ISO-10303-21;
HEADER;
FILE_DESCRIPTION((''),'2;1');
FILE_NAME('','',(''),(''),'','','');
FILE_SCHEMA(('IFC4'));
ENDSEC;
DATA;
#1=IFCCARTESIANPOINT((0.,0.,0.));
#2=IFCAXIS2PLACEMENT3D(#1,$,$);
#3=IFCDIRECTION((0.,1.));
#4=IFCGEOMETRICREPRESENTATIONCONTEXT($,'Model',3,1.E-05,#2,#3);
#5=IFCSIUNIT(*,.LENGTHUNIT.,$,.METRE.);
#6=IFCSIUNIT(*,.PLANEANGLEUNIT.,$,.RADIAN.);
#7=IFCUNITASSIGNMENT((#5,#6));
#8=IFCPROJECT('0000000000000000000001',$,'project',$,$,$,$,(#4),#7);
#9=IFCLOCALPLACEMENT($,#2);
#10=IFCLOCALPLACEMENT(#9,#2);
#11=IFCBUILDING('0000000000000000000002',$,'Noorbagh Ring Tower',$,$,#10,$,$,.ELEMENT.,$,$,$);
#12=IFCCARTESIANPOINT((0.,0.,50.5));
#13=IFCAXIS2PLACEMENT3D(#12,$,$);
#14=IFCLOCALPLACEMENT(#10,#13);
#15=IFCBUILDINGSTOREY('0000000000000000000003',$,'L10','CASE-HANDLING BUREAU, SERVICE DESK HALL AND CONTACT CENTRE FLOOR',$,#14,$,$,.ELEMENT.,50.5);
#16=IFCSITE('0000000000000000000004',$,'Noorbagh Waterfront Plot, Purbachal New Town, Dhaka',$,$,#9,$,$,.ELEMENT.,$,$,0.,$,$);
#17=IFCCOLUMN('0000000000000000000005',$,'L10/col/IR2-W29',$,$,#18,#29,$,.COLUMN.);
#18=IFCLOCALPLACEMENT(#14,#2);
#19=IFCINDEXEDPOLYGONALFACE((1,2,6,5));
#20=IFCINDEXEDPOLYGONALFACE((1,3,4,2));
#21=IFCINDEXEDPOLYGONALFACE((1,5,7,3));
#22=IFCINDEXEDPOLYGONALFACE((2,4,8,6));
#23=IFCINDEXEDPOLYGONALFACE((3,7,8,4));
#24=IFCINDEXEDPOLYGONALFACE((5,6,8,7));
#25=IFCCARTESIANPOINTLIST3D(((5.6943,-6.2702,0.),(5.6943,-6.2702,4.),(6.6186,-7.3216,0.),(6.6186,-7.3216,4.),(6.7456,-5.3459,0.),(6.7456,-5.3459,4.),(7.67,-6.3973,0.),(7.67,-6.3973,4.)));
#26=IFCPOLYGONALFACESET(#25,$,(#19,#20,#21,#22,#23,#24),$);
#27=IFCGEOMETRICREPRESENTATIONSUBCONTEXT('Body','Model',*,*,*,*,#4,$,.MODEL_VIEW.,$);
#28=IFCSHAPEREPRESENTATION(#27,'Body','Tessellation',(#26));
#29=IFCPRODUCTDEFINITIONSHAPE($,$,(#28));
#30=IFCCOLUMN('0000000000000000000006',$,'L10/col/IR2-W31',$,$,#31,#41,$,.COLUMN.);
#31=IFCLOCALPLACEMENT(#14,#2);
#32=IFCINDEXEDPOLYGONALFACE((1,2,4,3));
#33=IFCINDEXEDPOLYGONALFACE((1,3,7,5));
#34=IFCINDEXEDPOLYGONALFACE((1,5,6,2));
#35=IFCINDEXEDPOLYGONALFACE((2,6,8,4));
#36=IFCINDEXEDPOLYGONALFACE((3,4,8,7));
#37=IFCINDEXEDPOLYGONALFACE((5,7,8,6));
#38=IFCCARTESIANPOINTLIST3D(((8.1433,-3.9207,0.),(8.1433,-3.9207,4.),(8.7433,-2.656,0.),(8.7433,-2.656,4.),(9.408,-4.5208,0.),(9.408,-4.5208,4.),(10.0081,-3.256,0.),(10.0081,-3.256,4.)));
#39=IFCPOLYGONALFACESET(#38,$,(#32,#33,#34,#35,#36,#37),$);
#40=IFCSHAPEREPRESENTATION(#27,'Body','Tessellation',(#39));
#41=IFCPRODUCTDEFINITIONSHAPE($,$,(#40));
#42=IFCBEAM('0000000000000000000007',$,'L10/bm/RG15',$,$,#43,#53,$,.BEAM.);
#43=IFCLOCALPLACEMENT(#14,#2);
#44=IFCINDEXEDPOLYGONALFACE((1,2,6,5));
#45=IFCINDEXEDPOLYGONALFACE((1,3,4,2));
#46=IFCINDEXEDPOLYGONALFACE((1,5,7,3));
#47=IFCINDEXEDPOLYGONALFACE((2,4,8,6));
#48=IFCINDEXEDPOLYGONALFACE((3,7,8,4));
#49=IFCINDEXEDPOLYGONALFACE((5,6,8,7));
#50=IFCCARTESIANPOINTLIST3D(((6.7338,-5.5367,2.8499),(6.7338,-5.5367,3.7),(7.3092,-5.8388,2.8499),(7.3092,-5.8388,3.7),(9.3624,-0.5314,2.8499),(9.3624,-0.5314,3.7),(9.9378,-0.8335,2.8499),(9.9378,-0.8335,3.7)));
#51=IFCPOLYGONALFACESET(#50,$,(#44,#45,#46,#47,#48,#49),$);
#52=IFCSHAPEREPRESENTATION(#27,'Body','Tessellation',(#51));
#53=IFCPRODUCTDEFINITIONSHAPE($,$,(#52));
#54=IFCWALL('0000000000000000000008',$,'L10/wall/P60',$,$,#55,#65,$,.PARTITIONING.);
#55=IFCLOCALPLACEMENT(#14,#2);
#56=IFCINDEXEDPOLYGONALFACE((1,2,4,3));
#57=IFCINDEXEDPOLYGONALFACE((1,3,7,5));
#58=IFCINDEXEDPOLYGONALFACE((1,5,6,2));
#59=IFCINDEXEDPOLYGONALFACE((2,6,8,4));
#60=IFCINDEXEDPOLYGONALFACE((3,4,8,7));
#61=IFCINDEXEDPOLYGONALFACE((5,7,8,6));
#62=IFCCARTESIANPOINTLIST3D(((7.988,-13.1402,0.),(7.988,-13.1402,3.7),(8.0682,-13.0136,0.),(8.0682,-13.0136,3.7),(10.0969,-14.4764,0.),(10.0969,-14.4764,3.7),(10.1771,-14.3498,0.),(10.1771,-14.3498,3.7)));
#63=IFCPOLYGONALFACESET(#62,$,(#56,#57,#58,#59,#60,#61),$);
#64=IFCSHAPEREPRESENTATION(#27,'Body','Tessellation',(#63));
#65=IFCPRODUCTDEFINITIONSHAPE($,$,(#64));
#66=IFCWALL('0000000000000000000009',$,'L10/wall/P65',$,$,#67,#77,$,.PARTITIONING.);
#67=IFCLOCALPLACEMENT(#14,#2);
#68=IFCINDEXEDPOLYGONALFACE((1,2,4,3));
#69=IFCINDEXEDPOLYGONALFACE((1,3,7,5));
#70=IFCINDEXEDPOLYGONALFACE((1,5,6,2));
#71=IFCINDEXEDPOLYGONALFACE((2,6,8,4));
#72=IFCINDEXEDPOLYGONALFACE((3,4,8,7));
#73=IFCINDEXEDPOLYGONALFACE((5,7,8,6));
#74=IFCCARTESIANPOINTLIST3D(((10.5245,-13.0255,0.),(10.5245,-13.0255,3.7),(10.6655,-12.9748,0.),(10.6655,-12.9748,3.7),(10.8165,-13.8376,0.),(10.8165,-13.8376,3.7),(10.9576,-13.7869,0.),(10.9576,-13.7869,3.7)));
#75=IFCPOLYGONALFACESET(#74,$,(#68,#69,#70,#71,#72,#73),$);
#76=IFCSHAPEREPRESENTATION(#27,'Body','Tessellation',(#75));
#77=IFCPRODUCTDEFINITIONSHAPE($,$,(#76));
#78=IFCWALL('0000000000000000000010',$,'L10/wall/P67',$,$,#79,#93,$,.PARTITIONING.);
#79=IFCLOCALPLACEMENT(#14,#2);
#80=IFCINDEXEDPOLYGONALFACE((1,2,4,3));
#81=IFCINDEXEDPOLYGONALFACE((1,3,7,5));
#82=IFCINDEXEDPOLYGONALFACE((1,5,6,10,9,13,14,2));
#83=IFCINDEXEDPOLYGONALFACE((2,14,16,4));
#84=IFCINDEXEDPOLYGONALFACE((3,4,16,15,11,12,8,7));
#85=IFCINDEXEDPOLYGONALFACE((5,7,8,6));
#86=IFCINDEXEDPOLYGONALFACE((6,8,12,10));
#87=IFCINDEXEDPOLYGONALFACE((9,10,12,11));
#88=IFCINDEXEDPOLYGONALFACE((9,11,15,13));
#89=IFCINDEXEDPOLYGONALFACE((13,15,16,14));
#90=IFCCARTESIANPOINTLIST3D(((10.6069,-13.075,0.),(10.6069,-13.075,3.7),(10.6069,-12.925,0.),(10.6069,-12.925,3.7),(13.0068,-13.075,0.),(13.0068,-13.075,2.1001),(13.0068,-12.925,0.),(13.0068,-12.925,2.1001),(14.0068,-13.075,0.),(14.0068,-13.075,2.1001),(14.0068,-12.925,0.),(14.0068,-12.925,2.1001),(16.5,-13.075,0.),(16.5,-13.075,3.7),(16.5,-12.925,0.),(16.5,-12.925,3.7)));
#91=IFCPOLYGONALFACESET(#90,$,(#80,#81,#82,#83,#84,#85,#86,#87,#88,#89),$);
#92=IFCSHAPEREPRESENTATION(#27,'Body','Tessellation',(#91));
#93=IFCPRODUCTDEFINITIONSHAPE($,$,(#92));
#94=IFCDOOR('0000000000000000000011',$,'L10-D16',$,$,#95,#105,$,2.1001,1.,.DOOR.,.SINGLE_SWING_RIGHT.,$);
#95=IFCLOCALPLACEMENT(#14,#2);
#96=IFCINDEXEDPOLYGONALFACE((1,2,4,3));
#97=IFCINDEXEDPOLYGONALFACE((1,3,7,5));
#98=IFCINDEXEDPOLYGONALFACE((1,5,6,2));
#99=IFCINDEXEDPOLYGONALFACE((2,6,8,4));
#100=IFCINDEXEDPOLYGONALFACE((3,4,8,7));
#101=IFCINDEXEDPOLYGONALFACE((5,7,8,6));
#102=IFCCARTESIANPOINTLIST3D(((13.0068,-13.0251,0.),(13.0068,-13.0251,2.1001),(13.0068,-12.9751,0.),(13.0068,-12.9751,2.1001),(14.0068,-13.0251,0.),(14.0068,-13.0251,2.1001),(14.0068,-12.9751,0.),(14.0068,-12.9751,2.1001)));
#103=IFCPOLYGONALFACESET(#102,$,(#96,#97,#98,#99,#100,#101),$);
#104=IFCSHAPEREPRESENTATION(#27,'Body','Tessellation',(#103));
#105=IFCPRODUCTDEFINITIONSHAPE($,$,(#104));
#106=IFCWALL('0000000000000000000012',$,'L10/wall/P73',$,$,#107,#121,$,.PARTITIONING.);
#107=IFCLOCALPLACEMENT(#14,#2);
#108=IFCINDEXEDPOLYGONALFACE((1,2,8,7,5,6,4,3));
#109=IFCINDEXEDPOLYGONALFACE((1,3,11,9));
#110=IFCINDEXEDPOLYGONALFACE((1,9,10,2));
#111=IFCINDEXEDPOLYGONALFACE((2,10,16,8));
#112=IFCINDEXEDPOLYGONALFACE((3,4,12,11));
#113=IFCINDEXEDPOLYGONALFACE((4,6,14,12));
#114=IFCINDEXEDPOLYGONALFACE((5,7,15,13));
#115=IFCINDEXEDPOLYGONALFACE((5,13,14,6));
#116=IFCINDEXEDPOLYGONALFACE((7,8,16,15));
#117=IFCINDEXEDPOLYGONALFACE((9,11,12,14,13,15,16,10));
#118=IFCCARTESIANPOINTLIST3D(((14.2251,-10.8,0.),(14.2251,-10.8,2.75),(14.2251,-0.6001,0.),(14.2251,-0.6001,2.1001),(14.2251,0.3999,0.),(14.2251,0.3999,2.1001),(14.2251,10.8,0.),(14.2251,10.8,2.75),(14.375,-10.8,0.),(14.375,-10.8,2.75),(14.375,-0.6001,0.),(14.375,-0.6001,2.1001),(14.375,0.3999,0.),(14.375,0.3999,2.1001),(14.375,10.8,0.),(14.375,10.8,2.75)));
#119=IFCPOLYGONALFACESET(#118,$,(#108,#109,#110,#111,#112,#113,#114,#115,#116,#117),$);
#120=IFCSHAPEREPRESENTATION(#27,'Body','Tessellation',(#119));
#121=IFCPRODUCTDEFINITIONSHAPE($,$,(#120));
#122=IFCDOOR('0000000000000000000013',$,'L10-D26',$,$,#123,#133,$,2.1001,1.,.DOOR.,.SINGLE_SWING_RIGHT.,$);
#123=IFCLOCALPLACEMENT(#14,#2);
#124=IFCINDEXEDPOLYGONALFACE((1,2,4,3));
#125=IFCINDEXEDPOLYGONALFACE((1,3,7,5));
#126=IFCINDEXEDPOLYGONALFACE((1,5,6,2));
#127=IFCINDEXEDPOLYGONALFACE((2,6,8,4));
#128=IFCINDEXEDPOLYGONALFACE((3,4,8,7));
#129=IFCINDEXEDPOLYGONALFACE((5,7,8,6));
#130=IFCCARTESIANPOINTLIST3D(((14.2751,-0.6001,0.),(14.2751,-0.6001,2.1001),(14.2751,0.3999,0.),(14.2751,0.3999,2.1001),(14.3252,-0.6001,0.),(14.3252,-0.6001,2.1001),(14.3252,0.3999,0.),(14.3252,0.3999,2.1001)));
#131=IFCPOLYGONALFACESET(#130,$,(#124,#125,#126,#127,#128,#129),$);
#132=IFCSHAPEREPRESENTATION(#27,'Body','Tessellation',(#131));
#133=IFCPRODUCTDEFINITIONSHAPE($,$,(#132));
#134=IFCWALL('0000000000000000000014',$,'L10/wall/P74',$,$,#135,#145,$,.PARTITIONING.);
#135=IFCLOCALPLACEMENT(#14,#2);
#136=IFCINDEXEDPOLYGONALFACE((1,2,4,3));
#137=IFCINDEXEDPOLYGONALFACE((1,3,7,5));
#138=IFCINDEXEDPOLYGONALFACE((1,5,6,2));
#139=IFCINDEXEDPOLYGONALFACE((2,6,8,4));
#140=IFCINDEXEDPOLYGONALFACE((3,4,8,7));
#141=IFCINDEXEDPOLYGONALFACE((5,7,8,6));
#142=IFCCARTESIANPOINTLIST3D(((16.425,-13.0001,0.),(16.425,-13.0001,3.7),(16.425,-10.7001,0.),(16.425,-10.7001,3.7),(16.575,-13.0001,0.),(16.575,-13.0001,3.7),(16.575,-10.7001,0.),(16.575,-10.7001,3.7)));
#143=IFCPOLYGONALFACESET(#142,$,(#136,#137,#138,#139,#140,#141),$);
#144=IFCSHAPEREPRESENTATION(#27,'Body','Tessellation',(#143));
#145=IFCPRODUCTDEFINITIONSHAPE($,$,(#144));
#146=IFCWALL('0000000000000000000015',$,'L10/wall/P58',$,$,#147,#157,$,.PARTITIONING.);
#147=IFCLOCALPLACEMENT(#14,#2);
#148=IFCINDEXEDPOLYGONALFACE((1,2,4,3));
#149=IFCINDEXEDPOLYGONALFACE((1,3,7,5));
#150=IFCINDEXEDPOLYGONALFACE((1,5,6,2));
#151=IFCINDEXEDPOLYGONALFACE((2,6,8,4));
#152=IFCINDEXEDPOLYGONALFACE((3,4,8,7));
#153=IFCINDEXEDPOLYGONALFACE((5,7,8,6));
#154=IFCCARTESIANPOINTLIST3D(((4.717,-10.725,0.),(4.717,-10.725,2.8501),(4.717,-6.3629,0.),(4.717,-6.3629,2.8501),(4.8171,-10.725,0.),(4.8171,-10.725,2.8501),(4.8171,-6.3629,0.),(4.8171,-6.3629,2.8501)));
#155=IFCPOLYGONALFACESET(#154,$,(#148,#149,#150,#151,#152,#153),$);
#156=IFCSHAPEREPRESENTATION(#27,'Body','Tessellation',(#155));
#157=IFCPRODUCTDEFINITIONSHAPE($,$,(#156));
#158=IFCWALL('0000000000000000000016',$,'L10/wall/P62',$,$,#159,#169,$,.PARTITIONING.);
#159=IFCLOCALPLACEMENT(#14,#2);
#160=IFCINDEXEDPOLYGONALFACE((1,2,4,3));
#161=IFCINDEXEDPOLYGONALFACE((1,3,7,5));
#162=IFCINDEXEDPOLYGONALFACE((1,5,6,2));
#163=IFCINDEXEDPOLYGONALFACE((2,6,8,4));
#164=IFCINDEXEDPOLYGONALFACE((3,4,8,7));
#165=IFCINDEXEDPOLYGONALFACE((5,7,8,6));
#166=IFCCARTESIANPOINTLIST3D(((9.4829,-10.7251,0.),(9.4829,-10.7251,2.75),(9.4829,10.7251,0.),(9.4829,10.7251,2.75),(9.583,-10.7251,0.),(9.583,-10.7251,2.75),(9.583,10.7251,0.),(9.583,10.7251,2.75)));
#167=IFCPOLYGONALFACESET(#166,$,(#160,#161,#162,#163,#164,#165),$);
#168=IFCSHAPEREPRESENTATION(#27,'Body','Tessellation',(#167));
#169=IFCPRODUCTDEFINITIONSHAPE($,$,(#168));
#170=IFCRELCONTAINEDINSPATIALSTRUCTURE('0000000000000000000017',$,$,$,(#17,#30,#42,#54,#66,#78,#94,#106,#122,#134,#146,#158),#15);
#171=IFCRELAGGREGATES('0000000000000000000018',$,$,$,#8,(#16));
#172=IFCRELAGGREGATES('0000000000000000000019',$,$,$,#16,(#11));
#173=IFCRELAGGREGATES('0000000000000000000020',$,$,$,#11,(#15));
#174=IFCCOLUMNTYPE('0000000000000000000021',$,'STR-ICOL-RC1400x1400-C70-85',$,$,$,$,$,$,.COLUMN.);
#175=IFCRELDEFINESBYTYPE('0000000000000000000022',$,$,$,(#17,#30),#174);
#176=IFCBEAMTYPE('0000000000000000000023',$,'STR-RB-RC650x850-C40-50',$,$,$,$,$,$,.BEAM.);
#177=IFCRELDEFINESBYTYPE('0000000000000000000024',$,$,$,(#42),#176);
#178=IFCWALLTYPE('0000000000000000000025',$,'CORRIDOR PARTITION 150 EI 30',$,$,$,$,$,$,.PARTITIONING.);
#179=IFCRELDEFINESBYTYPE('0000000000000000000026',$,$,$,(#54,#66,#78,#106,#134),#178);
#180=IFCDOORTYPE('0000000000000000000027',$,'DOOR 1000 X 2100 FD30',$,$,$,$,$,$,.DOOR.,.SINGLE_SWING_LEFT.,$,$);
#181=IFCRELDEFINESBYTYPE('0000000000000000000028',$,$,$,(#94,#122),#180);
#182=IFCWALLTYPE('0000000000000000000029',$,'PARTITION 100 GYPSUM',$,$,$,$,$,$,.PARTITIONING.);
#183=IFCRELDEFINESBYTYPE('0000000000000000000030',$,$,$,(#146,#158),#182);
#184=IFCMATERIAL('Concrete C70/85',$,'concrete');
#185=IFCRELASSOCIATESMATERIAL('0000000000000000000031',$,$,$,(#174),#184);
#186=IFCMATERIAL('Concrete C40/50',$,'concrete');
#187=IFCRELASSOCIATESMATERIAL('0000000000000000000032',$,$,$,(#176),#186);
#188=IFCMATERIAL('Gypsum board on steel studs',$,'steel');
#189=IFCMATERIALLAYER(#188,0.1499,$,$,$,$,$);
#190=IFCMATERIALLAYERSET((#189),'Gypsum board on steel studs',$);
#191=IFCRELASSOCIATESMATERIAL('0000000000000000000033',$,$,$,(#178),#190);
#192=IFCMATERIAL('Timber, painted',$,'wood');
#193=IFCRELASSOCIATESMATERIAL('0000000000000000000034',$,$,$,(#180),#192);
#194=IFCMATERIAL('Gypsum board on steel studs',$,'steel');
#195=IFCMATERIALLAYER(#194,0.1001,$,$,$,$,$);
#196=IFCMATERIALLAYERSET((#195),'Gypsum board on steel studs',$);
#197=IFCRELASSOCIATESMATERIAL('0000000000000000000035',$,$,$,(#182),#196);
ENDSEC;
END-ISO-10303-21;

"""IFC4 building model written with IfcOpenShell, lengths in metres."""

from ifc_helpers import new_model, si_unit, direction, frame, frame_2d, origin, origin_2d, place, context, subcontext, project, spatial, rectangle, extrude, material, layer, layer_set, material_profile, profile_set, type_object, element, fill, save


model = new_model("IFC4")

# Units and contexts
model_context = context("Model", 3, precision=1e-05, world=origin(), true_north=direction((0.0, 1.0)))
body_context = subcontext(model_context, "Body", "Model", "MODEL_VIEW")
ifc_project = project(units=[si_unit("LENGTHUNIT", "METRE"), si_unit("PLANEANGLEUNIT", "RADIAN")], contexts=[model_context])

# Site, building, storey
site_placement = place(None, origin())
site = spatial("IfcSite", under=ifc_project, at=site_placement, Name="Noorbagh Waterfront Plot, Purbachal New Town, Dhaka", CompositionType="ELEMENT", RefElevation=0.0)
building_placement = place(site_placement, origin())
building = spatial("IfcBuilding", under=site, at=building_placement, Name="Noorbagh Ring Tower", CompositionType="ELEMENT")
storey_placement = place(building_placement, frame((0.0, 0.0, 50.5)))
storey = spatial("IfcBuildingStorey", under=building, at=storey_placement, Name="L10", Description="CASE-HANDLING BUREAU, SERVICE DESK HALL AND CONTACT CENTRE FLOOR", CompositionType="ELEMENT", Elevation=50.5)

# Columns
ifc_material_1 = material(Name="Concrete C70/85", Category="concrete")
ifc_material_profile_1 = material_profile(ifc_material_1, rectangle(XDim=1.3999, YDim=1.3999, at=origin_2d()), Name="RC1400x1400")
ifc_profile_set_1 = profile_set([ifc_material_profile_1], Name="Concrete C70/85")
column_type = type_object("IfcColumnType", Name="STR-ICOL-RC1400x1400-C70-85", PredefinedType="COLUMN", material=ifc_profile_set_1)
for number, where, z_axis, x_axis, name in (
    (1, (6.6821, -6.3337, 0.0), (0.0, 0.0, 1.0), (0.751022, 0.660277, 0.0), "L10/col/IR2-W29"),
    (2, (9.0757, -3.5884, 0.0), (0.0, 0.0, 1.0), (0.428667, 0.903463, 0.0), "L10/col/IR2-W31"),
):
    element("IfcColumn", number, at=place(storey_placement, frame(where, z_axis=z_axis, x_axis=x_axis)), inside=storey, type_object=column_type, Name=name, PredefinedType="COLUMN", context=body_context, shape_type="SweptSolid", body=[
        extrude(rectangle(XDim=1.3999, YDim=1.3999, at=origin_2d()), origin(), (0.0, 0.0, 1.0), 4.0),
    ])

# Beam
ifc_material_2 = material(Name="Concrete C40/50", Category="concrete")
ifc_material_profile_2 = material_profile(ifc_material_2, rectangle(XDim=0.6499, YDim=0.8501, at=origin_2d()), Name="RC650x850")
ifc_profile_set_2 = profile_set([ifc_material_profile_2], Name="Concrete C40/50")
beam_type = type_object("IfcBeamType", Name="STR-RB-RC650x850-C40-50", PredefinedType="BEAM", material=ifc_profile_set_2)
beam_placement = place(storey_placement, frame((7.0215, -5.6877, 3.2749), z_axis=(0.464951, 0.885337, 0.0), x_axis=(-0.885337, 0.464951, 0.0)))
element("IfcBeam", 3, at=beam_placement, inside=storey, type_object=beam_type, Name="L10/bm/RG15", PredefinedType="BEAM", context=body_context, shape_type="SweptSolid", body=[
    extrude(rectangle(XDim=0.6499, YDim=0.8501, at=origin_2d()), origin(), (0.0, 0.0, 1.0), 5.6536),
])

# Walls
ifc_material_3 = material(Name="Gypsum board on steel studs", Category="steel")
ifc_layer_1 = layer(ifc_material_3, 0.1499)
ifc_layer_set_1 = layer_set([ifc_layer_1], Name="Gypsum board on steel studs")
wall_type_1 = type_object("IfcWallType", Name="CORRIDOR PARTITION 150 EI 30", PredefinedType="PARTITIONING", material=ifc_layer_set_1)
wall_1_placement = place(storey_placement, frame((8.0281, -13.0769, 0.0), z_axis=(0.0, 0.0, 1.0), x_axis=(0.844719, -0.53521, 0.0)))
element("IfcWall", 4, at=wall_1_placement, inside=storey, type_object=wall_type_1, Name="L10/wall/P60", PredefinedType="PARTITIONING", context=body_context, shape_type="SweptSolid", body=[
    extrude(rectangle(XDim=2.4966, YDim=0.1499, at=frame_2d((1.2483, 0.0))), origin(), (0.0, 0.0, 1.0), 3.7),
])
wall_2_placement = place(storey_placement, frame((10.595, -13.0, 0.0), z_axis=(0.0, 0.0, 1.0), x_axis=(0.338379, -0.94101, 0.0)))
element("IfcWall", 5, at=wall_2_placement, inside=storey, type_object=wall_type_1, Name="L10/wall/P65", PredefinedType="PARTITIONING", context=body_context, shape_type="SweptSolid", body=[
    extrude(rectangle(XDim=0.863, YDim=0.1499, at=frame_2d((0.4316, 0.0))), origin(), (0.0, 0.0, 1.0), 3.7),
])

# Walls, openings, doors
wall_3_placement = place(storey_placement, frame((10.6069, -13.0, 0.0), z_axis=(0.0, 0.0, 1.0), x_axis=(1.0, 0.0, 0.0)))
wall_3 = element("IfcWall", 6, at=wall_3_placement, inside=storey, type_object=wall_type_1, Name="L10/wall/P67", PredefinedType="PARTITIONING", context=body_context, shape_type="SweptSolid", body=[
    extrude(rectangle(XDim=5.8931, YDim=0.1499, at=frame_2d((2.9465, 0.0))), origin(), (0.0, 0.0, 1.0), 3.7),
])
opening_1_placement = place(wall_3_placement, frame((2.3999, 0.0, 0.0)))
opening_1 = element("IfcOpeningElement", 7, at=opening_1_placement, cuts=wall_3, PredefinedType="OPENING", context=body_context, shape_type="SweptSolid", body=[
    extrude(rectangle(XDim=1.0, YDim=2.1001, at=frame_2d((0.5, 1.05))), frame((0.0, 0.085, 0.0), z_axis=(0.0, -1.0, 0.0), x_axis=(1.0, 0.0, 0.0)), (0.0, 0.0, 1.0), 0.1699),
])
ifc_material_4 = material(Name="Timber, painted", Category="wood")
door_type = type_object("IfcDoorType", Name="DOOR 1000 X 2100 FD30", OperationType="SINGLE_SWING_LEFT", PredefinedType="DOOR", material=ifc_material_4)
door_1_placement = place(opening_1_placement, origin())
door_1 = element("IfcDoor", 8, at=door_1_placement, inside=storey, type_object=door_type, Name="L10-D16", OperationType="SINGLE_SWING_RIGHT", OverallHeight=2.1001, OverallWidth=1.0, PredefinedType="DOOR", context=body_context, shape_type="SweptSolid", body=[
    extrude(rectangle(XDim=1.0, YDim=2.1001, at=frame_2d((0.5, 1.05))), frame((0.0, 0.0249, 0.0), z_axis=(0.0, -1.0, 0.0), x_axis=(1.0, 0.0, 0.0)), (0.0, 0.0, 1.0), 0.05),
])
fill(opening_1, door_1)
wall_4_placement = place(storey_placement, frame((14.3, -10.8, 0.0), z_axis=(0.0, 0.0, 1.0), x_axis=(0.0, 1.0, 0.0)))
wall_4 = element("IfcWall", 9, at=wall_4_placement, inside=storey, type_object=wall_type_1, Name="L10/wall/P73", PredefinedType="PARTITIONING", context=body_context, shape_type="SweptSolid", body=[
    extrude(rectangle(XDim=21.6001, YDim=0.1499, at=frame_2d((10.8, 0.0))), origin(), (0.0, 0.0, 1.0), 2.75),
])
opening_2_placement = place(wall_4_placement, frame((10.2, 0.0, 0.0)))
opening_2 = element("IfcOpeningElement", 10, at=opening_2_placement, cuts=wall_4, PredefinedType="OPENING", context=body_context, shape_type="SweptSolid", body=[
    extrude(rectangle(XDim=1.0, YDim=2.1001, at=frame_2d((0.5, 1.05))), frame((0.0, 0.085, 0.0), z_axis=(0.0, -1.0, 0.0), x_axis=(1.0, 0.0, 0.0)), (0.0, 0.0, 1.0), 0.1699),
])
door_2_placement = place(opening_2_placement, origin())
door_2 = element("IfcDoor", 11, at=door_2_placement, inside=storey, type_object=door_type, Name="L10-D26", OperationType="SINGLE_SWING_RIGHT", OverallHeight=2.1001, OverallWidth=1.0, PredefinedType="DOOR", context=body_context, shape_type="SweptSolid", body=[
    extrude(rectangle(XDim=1.0, YDim=2.1001, at=frame_2d((0.5, 1.05))), frame((0.0, 0.0249, 0.0), z_axis=(0.0, -1.0, 0.0), x_axis=(1.0, 0.0, 0.0)), (0.0, 0.0, 1.0), 0.05),
])
fill(opening_2, door_2)

# Walls
wall_5_placement = place(storey_placement, frame((16.5, -13.0, 0.0), z_axis=(0.0, 0.0, 1.0), x_axis=(0.0, 1.0, 0.0)))
element("IfcWall", 12, at=wall_5_placement, inside=storey, type_object=wall_type_1, Name="L10/wall/P74", PredefinedType="PARTITIONING", context=body_context, shape_type="SweptSolid", body=[
    extrude(rectangle(XDim=2.3, YDim=0.1499, at=frame_2d((1.1499, 0.0))), origin(), (0.0, 0.0, 1.0), 3.7),
])
ifc_material_5 = material(Name="Gypsum board on steel studs", Category="steel")
ifc_layer_2 = layer(ifc_material_5, 0.1001)
ifc_layer_set_2 = layer_set([ifc_layer_2], Name="Gypsum board on steel studs")
wall_type_2 = type_object("IfcWallType", Name="PARTITION 100 GYPSUM", PredefinedType="PARTITIONING", material=ifc_layer_set_2)
wall_6_placement = place(storey_placement, frame((4.7671, -10.7251, 0.0), z_axis=(0.0, 0.0, 1.0), x_axis=(0.0, 1.0, 0.0)))
element("IfcWall", 13, at=wall_6_placement, inside=storey, type_object=wall_type_2, Name="L10/wall/P58", PredefinedType="PARTITIONING", context=body_context, shape_type="SweptSolid", body=[
    extrude(rectangle(XDim=4.3621, YDim=0.1001, at=frame_2d((2.1812, 0.0))), origin(), (0.0, 0.0, 1.0), 2.8501),
])
wall_7_placement = place(storey_placement, frame((9.533, -10.7251, 0.0), z_axis=(0.0, 0.0, 1.0), x_axis=(0.0, 1.0, 0.0)))
element("IfcWall", 14, at=wall_7_placement, inside=storey, type_object=wall_type_2, Name="L10/wall/P62", PredefinedType="PARTITIONING", context=body_context, shape_type="SweptSolid", body=[
    extrude(rectangle(XDim=21.4502, YDim=0.1001, at=frame_2d((10.7251, 0.0))), origin(), (0.0, 0.0, 1.0), 2.75),
])

save(model, "model.ifc")
